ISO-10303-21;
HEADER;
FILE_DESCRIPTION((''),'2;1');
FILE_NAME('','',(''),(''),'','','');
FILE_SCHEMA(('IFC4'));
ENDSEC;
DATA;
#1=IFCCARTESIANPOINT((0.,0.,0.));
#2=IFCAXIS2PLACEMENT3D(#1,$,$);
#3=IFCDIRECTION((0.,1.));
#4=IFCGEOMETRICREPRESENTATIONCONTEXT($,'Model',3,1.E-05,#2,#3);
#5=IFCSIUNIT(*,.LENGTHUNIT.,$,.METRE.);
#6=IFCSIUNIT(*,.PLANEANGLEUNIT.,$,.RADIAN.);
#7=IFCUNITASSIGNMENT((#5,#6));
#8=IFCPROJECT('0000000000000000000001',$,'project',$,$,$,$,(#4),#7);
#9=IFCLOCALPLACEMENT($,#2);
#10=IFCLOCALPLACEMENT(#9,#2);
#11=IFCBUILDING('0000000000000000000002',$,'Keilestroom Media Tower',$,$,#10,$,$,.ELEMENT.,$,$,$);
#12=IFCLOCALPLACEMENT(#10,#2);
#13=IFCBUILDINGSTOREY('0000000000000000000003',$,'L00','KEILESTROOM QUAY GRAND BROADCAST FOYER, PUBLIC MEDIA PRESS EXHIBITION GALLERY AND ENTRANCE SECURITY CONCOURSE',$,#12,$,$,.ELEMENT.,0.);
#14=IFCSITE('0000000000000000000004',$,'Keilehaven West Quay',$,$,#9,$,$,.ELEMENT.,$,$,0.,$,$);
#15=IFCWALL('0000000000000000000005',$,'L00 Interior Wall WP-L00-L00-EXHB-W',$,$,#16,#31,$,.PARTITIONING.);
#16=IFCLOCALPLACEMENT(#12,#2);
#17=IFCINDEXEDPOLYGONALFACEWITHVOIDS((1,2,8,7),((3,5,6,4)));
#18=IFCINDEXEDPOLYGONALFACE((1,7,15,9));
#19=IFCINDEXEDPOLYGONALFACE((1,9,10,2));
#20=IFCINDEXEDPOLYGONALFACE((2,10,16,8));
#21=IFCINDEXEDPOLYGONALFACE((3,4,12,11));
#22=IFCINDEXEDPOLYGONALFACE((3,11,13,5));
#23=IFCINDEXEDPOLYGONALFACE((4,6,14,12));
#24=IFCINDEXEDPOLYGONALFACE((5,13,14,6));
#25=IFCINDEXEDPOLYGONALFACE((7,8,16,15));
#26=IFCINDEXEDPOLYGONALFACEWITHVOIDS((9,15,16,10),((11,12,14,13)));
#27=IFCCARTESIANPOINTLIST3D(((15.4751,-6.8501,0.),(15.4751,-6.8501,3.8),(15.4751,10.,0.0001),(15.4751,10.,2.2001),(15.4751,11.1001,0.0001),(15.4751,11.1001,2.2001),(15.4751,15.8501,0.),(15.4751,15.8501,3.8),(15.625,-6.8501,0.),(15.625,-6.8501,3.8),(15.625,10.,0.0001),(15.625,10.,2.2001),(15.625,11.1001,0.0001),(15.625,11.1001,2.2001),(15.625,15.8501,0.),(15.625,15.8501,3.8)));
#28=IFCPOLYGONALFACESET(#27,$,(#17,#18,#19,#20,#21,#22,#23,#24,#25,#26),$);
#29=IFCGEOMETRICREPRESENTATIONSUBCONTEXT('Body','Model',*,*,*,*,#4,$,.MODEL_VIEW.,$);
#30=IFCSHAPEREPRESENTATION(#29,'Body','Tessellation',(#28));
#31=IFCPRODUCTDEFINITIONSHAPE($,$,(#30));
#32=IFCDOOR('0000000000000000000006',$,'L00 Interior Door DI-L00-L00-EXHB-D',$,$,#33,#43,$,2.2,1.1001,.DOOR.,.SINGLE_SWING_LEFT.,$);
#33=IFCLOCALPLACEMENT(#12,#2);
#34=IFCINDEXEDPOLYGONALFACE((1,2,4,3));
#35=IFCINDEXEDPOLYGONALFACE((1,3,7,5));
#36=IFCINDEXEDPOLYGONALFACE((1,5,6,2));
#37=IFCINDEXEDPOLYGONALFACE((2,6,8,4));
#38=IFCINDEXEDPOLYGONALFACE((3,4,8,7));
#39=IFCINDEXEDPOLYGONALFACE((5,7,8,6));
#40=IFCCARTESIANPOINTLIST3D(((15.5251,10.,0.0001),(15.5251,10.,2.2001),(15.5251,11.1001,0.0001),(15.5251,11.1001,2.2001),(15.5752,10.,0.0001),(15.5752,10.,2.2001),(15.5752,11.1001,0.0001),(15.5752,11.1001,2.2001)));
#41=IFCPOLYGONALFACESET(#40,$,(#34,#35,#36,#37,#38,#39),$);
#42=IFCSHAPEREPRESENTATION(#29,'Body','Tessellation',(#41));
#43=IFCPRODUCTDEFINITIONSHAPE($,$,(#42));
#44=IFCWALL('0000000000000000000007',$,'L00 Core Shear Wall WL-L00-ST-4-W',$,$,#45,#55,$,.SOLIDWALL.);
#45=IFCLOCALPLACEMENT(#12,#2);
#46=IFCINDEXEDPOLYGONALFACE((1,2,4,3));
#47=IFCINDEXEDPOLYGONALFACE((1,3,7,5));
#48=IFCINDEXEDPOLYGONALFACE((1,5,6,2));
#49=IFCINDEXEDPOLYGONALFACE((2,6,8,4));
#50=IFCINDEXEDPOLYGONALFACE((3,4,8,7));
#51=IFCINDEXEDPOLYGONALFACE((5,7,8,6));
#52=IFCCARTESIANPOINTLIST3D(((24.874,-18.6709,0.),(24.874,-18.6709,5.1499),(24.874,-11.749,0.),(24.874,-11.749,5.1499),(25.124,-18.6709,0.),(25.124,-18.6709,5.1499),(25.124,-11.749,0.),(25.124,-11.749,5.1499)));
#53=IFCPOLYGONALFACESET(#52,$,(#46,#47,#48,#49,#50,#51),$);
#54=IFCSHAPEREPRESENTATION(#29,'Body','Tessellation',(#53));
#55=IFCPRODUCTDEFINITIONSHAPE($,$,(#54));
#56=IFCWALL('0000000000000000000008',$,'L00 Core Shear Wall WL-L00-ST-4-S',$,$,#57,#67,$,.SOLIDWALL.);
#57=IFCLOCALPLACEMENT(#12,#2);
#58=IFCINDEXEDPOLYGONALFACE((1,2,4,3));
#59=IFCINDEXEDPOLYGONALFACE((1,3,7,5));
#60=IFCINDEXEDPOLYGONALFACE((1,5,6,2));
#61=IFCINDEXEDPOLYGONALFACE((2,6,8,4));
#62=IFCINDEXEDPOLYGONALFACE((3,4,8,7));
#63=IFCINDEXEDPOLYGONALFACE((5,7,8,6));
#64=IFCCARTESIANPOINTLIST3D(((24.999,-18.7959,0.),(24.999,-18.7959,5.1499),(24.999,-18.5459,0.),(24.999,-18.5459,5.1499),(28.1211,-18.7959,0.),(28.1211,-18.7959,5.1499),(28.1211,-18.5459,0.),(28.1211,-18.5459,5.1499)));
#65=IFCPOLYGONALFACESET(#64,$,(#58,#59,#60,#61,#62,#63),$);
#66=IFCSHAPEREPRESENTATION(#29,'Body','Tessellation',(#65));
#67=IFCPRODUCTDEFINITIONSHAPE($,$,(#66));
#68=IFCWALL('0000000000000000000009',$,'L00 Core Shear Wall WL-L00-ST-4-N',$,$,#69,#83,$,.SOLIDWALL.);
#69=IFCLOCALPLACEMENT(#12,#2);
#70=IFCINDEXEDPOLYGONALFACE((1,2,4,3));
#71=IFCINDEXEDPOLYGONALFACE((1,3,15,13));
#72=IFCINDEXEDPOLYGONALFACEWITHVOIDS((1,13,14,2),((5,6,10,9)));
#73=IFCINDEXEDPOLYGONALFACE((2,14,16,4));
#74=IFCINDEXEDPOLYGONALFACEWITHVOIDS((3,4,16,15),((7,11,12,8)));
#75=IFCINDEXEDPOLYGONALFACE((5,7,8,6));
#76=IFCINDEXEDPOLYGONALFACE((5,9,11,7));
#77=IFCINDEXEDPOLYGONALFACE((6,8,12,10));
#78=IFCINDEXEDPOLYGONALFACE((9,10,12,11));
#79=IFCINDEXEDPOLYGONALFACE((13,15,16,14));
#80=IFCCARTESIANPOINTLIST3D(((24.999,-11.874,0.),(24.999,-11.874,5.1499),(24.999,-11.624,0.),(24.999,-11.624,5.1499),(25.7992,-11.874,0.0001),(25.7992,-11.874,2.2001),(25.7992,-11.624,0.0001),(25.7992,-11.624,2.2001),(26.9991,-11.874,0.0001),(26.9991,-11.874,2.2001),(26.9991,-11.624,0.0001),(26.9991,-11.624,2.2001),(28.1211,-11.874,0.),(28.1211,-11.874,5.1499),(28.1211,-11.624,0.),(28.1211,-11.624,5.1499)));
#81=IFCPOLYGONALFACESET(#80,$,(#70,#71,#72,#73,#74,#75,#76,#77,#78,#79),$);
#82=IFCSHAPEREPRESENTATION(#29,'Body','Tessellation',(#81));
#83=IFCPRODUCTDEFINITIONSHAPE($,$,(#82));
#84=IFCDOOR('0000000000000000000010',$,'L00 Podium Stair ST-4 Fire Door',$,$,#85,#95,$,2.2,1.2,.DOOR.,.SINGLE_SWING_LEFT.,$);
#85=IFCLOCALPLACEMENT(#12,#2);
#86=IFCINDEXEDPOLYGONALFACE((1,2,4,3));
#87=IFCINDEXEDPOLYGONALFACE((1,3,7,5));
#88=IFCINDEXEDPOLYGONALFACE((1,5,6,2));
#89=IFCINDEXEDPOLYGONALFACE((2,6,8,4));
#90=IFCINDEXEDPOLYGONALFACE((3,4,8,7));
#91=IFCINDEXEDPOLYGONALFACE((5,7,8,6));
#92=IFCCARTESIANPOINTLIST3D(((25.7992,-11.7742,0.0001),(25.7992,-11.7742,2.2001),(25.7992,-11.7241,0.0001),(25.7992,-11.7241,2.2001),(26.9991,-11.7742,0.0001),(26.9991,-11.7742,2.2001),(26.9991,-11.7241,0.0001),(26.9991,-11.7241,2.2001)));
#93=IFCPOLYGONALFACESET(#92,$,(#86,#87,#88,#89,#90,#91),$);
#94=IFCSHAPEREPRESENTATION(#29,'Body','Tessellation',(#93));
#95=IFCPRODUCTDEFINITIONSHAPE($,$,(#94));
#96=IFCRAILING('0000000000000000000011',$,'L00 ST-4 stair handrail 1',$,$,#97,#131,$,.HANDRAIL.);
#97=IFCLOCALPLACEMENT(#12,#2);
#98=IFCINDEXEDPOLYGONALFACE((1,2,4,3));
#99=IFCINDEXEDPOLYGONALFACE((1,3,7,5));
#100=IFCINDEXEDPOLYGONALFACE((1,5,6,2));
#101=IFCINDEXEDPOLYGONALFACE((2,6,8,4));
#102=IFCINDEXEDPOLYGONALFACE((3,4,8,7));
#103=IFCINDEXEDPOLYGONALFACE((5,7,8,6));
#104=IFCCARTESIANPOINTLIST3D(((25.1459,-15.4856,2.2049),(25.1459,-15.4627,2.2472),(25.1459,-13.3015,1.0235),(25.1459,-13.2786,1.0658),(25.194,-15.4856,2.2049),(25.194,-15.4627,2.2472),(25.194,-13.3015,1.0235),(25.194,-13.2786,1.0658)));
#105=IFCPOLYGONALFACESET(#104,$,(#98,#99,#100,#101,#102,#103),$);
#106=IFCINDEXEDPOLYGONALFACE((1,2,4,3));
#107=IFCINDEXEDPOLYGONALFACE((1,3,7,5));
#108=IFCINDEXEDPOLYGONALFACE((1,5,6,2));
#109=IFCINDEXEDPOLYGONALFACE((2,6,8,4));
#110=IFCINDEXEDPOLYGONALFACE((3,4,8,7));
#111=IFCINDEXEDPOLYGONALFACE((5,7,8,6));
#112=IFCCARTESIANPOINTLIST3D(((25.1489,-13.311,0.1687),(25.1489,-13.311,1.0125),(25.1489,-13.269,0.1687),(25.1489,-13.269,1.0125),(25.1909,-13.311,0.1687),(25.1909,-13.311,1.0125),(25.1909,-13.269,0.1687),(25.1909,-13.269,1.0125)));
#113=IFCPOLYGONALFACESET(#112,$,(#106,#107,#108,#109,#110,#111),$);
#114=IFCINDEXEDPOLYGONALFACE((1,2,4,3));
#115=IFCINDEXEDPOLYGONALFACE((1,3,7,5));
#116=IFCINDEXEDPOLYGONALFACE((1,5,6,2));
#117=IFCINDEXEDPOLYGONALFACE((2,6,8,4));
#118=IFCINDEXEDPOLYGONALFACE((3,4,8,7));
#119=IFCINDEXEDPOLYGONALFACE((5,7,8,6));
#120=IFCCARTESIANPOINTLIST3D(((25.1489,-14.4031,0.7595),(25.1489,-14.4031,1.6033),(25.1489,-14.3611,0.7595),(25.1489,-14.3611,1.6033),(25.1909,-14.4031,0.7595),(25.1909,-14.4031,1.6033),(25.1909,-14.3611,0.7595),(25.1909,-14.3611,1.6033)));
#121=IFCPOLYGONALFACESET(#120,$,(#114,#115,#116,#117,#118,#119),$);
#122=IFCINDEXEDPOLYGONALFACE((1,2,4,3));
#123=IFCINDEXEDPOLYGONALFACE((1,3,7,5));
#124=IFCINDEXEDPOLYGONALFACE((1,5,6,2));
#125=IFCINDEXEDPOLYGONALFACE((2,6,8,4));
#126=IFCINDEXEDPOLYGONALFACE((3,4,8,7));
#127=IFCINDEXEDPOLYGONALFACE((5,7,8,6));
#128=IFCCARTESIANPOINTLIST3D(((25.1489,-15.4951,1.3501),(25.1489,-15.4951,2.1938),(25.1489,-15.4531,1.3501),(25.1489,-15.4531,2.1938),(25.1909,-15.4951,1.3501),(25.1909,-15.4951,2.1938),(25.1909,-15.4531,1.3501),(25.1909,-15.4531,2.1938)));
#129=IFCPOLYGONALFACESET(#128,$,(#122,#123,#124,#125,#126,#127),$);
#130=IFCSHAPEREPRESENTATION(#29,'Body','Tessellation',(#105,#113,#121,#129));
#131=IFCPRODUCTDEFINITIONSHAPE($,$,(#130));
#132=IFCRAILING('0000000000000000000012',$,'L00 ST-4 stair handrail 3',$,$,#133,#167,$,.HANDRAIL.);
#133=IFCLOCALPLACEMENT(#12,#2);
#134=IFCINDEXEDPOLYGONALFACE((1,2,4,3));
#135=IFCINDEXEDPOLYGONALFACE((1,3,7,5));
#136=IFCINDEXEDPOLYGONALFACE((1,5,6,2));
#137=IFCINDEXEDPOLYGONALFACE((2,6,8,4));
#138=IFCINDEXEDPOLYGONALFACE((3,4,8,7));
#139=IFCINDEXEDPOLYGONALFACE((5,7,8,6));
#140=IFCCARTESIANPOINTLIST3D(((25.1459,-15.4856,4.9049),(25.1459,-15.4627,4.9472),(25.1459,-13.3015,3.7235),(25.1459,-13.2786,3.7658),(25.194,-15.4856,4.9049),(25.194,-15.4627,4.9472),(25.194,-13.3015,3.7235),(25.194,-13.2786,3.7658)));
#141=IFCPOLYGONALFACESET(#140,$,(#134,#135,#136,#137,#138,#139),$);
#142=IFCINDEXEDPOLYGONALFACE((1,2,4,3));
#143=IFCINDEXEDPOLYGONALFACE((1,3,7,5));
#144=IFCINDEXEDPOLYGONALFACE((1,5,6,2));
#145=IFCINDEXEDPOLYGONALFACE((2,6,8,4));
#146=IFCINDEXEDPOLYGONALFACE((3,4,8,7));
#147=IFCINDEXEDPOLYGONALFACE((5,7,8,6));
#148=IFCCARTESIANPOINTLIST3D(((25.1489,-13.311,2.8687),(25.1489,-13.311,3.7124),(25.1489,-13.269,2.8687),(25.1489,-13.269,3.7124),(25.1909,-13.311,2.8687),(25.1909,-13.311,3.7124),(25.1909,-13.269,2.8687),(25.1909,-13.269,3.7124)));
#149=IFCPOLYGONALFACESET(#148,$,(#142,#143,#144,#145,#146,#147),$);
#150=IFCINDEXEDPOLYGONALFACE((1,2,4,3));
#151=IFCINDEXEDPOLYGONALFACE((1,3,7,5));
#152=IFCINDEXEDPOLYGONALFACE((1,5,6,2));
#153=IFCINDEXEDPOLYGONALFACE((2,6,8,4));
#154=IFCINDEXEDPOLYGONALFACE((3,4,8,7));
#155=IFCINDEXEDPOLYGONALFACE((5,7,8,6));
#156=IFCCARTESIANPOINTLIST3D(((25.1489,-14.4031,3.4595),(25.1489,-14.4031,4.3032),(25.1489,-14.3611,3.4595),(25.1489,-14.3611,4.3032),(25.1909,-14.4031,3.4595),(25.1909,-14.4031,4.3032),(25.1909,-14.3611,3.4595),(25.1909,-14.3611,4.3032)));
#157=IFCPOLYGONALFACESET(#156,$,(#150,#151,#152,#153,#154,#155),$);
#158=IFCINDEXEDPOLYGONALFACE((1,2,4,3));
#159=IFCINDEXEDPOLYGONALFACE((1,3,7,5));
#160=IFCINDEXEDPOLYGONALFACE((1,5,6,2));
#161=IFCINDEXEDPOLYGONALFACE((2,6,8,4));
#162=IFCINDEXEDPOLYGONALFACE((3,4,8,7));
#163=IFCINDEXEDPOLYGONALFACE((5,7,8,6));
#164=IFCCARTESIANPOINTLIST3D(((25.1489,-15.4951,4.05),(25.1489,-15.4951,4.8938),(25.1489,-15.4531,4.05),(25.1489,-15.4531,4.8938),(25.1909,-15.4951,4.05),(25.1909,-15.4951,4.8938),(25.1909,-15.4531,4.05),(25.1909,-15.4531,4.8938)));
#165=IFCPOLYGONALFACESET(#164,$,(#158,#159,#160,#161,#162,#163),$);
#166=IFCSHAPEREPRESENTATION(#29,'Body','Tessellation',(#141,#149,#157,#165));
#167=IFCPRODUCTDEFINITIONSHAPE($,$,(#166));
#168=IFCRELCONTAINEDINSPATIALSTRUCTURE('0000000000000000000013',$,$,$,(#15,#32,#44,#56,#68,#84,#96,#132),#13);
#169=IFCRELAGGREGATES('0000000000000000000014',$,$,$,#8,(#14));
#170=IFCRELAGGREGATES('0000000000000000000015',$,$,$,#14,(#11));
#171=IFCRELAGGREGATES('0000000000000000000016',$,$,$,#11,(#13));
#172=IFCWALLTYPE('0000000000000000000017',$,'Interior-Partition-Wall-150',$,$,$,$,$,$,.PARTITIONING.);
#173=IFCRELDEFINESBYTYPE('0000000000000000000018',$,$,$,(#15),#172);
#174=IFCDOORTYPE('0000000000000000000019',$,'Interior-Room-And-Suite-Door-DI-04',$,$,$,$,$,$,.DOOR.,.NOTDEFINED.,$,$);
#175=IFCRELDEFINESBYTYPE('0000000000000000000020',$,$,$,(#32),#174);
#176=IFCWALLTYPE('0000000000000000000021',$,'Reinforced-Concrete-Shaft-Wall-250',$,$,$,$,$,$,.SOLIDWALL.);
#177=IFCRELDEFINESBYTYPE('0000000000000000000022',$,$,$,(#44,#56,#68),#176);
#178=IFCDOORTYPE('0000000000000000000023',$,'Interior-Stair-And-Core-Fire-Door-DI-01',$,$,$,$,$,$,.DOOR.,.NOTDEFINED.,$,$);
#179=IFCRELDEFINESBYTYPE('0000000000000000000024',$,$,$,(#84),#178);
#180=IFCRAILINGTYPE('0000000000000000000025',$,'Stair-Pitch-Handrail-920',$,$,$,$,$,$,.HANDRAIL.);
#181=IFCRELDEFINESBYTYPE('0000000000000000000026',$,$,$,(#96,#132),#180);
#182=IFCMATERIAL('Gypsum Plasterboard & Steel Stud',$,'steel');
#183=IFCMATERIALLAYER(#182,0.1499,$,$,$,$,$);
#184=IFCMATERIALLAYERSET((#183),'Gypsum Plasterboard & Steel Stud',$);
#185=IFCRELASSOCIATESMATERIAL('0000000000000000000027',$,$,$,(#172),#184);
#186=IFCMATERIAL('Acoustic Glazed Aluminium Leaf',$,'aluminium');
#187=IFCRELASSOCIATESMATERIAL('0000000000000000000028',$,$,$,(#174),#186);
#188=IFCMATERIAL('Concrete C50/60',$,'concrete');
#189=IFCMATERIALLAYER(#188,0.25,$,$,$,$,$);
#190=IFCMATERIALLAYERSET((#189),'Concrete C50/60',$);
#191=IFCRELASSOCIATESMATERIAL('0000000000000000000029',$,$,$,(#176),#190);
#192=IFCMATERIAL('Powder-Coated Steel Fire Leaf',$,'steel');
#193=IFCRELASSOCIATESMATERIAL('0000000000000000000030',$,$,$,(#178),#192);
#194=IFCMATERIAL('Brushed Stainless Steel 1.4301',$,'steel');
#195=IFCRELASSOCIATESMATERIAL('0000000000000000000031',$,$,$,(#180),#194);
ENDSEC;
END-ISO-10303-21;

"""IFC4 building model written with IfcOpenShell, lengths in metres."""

from ifc_helpers import new_model, si_unit, direction, frame, frame_2d, origin, origin_2d, place, context, subcontext, project, spatial, rectangle, extrude, source, transform, mapped, material, layer, layer_set, type_object, element, fill, save


model = new_model("IFC4")

# Units and contexts
model_context = context("Model", 3, precision=1e-05, world=origin(), true_north=direction((0.0, 1.0)))
body_context = subcontext(model_context, "Body", "Model", "MODEL_VIEW")
ifc_project = project(units=[si_unit("LENGTHUNIT", "METRE"), si_unit("PLANEANGLEUNIT", "RADIAN")], contexts=[model_context])

# Site, building, storey
site_placement = place(None, origin())
site = spatial("IfcSite", under=ifc_project, at=site_placement, Name="Keilehaven West Quay", CompositionType="ELEMENT", RefElevation=0.0)
building_placement = place(site_placement, origin())
building = spatial("IfcBuilding", under=site, at=building_placement, Name="Keilestroom Media Tower", CompositionType="ELEMENT")
storey_placement = place(building_placement, origin())
storey = spatial("IfcBuildingStorey", under=building, at=storey_placement, Name="L00", Description="KEILESTROOM QUAY GRAND BROADCAST FOYER, PUBLIC MEDIA PRESS EXHIBITION GALLERY AND ENTRANCE SECURITY CONCOURSE", CompositionType="ELEMENT", Elevation=0.0)

# Shared definitions
ifc_material_1 = material(Name="Gypsum Plasterboard & Steel Stud", Category="steel")
ifc_layer_1 = layer(ifc_material_1, 0.1499)
ifc_layer_set_1 = layer_set([ifc_layer_1], Name="Gypsum Plasterboard & Steel Stud")
wall_type_1 = type_object("IfcWallType", Name="Interior-Partition-Wall-150", PredefinedType="PARTITIONING", material=ifc_layer_set_1)

# Wall, opening, door
wall_1_placement = place(storey_placement, frame((15.55, -6.8501, 0.0), z_axis=(0.0, 0.0, 1.0), x_axis=(0.0, 1.0, 0.0)))
wall_1 = element("IfcWall", 1, at=wall_1_placement, inside=storey, type_object=wall_type_1, Name="L00 Interior Wall WP-L00-L00-EXHB-W", PredefinedType="PARTITIONING", context=body_context, shape_type="SweptSolid", body=[
    extrude(rectangle(XDim=22.7002, YDim=0.1499, at=frame_2d((11.3501, 0.0))), origin(), (0.0, 0.0, 1.0), 3.8),
])
opening_1_placement = place(wall_1_placement, frame((16.8501, 0.0, 0.0)))
opening_1 = element("IfcOpeningElement", 2, at=opening_1_placement, cuts=wall_1, PredefinedType="OPENING", context=body_context, shape_type="SweptSolid", body=[
    extrude(rectangle(XDim=1.1001, YDim=2.2, at=frame_2d((0.55, 1.1001))), frame((0.0, 0.085, 0.0), z_axis=(0.0, -1.0, 0.0), x_axis=(1.0, 0.0, 0.0)), (0.0, 0.0, 1.0), 0.1699),
])
ifc_material_2 = material(Name="Acoustic Glazed Aluminium Leaf", Category="aluminium")
door_type_1 = type_object("IfcDoorType", Name="Interior-Room-And-Suite-Door-DI-04", OperationType="NOTDEFINED", PredefinedType="DOOR", material=ifc_material_2)
shared_shape_1 = source(origin(), body_context, "Body", "SweptSolid", [
    extrude(rectangle(XDim=1.1001, YDim=2.2, at=frame_2d((0.55, 1.1001))), frame((0.0, 0.0249, 0.0), z_axis=(0.0, -1.0, 0.0), x_axis=(1.0, 0.0, 0.0)), (0.0, 0.0, 1.0), 0.05),
])
door_1_placement = place(opening_1_placement, origin())
door_1 = element("IfcDoor", 3, at=door_1_placement, inside=storey, type_object=door_type_1, Name="L00 Interior Door DI-L00-L00-EXHB-D", OperationType="SINGLE_SWING_LEFT", OverallHeight=2.2, OverallWidth=1.1001, PredefinedType="DOOR", context=body_context, shape_type="MappedRepresentation", body=[
    mapped(shared_shape_1, transform((0.0, 0.0, 0.0), x_axis=(1.0, 0.0, 0.0), y_axis=(0.0, 1.0, 0.0), z_axis=(0.0, 0.0, 1.0), scale=1.0)),
])
fill(opening_1, door_1)

# Walls
ifc_material_3 = material(Name="Concrete C50/60", Category="concrete")
ifc_layer_2 = layer(ifc_material_3, 0.25)
ifc_layer_set_2 = layer_set([ifc_layer_2], Name="Concrete C50/60")
wall_type_2 = type_object("IfcWallType", Name="Reinforced-Concrete-Shaft-Wall-250", PredefinedType="SOLIDWALL", material=ifc_layer_set_2)
wall_2_placement = place(storey_placement, frame((24.999, -18.6709, 0.0), z_axis=(0.0, 0.0, 1.0), x_axis=(0.0, 1.0, 0.0)))
element("IfcWall", 4, at=wall_2_placement, inside=storey, type_object=wall_type_2, Name="L00 Core Shear Wall WL-L00-ST-4-W", PredefinedType="SOLIDWALL", context=body_context, shape_type="SweptSolid", body=[
    extrude(rectangle(XDim=6.9219, YDim=0.25, at=frame_2d((3.4609, 0.0))), origin(), (0.0, 0.0, 1.0), 5.1499),
])
wall_3_placement = place(storey_placement, frame((24.999, -18.6709, 0.0), z_axis=(0.0, 0.0, 1.0), x_axis=(1.0, 0.0, 0.0)))
element("IfcWall", 5, at=wall_3_placement, inside=storey, type_object=wall_type_2, Name="L00 Core Shear Wall WL-L00-ST-4-S", PredefinedType="SOLIDWALL", context=body_context, shape_type="SweptSolid", body=[
    extrude(rectangle(XDim=3.1221, YDim=0.25, at=frame_2d((1.561, 0.0))), origin(), (0.0, 0.0, 1.0), 5.1499),
])

# Wall, opening, door
wall_4_placement = place(storey_placement, frame((24.999, -11.749, 0.0), z_axis=(0.0, 0.0, 1.0), x_axis=(1.0, 0.0, 0.0)))
wall_4 = element("IfcWall", 6, at=wall_4_placement, inside=storey, type_object=wall_type_2, Name="L00 Core Shear Wall WL-L00-ST-4-N", PredefinedType="SOLIDWALL", context=body_context, shape_type="SweptSolid", body=[
    extrude(rectangle(XDim=3.1221, YDim=0.25, at=frame_2d((1.561, 0.0))), origin(), (0.0, 0.0, 1.0), 5.1499),
])
opening_2_placement = place(wall_4_placement, frame((0.8, 0.0, 0.0)))
opening_2 = element("IfcOpeningElement", 7, at=opening_2_placement, cuts=wall_4, PredefinedType="OPENING", context=body_context, shape_type="SweptSolid", body=[
    extrude(rectangle(XDim=1.2, YDim=2.2, at=frame_2d((0.6001, 1.1001))), frame((0.0, 0.135, 0.0), z_axis=(0.0, -1.0, 0.0), x_axis=(1.0, 0.0, 0.0)), (0.0, 0.0, 1.0), 0.27),
])
ifc_material_4 = material(Name="Powder-Coated Steel Fire Leaf", Category="steel")
door_type_2 = type_object("IfcDoorType", Name="Interior-Stair-And-Core-Fire-Door-DI-01", OperationType="NOTDEFINED", PredefinedType="DOOR", material=ifc_material_4)
shared_shape_2 = source(origin(), body_context, "Body", "SweptSolid", [
    extrude(rectangle(XDim=1.2, YDim=2.2, at=frame_2d((0.6001, 1.1001))), frame((0.0, 0.0249, 0.0), z_axis=(0.0, -1.0, 0.0), x_axis=(1.0, 0.0, 0.0)), (0.0, 0.0, 1.0), 0.05),
])
door_2_placement = place(opening_2_placement, origin())
door_2 = element("IfcDoor", 8, at=door_2_placement, inside=storey, type_object=door_type_2, Name="L00 Podium Stair ST-4 Fire Door", OperationType="SINGLE_SWING_LEFT", OverallHeight=2.2, OverallWidth=1.2, PredefinedType="DOOR", context=body_context, shape_type="MappedRepresentation", body=[
    mapped(shared_shape_2, transform((0.0, 0.0, 0.0), x_axis=(1.0, 0.0, 0.0), y_axis=(0.0, 1.0, 0.0), z_axis=(0.0, 0.0, 1.0), scale=1.0)),
])
fill(opening_2, door_2)

# Railings
ifc_material_5 = material(Name="Brushed Stainless Steel 1.4301", Category="steel")
railing_type = type_object("IfcRailingType", Name="Stair-Pitch-Handrail-920", PredefinedType="HANDRAIL", material=ifc_material_5)
for number, where, name in (
    (9, (25.1699, -13.29, 0.1687), "L00 ST-4 stair handrail 1"),
    (10, (25.1699, -13.29, 2.8687), "L00 ST-4 stair handrail 3"),
):
    element("IfcRailing", number, at=place(storey_placement, frame(where)), inside=storey, type_object=railing_type, Name=name, PredefinedType="HANDRAIL", context=body_context, shape_type="SweptSolid", body=[
        extrude(rectangle(XDim=0.0481, YDim=0.0481, at=origin_2d()), frame((0.0, 0.0, 0.876), z_axis=(0.0, -0.87957, 0.47577), x_axis=(1.0, 0.0, 0.0)), (0.0, 0.0, 1.0), 2.4832),
        extrude(rectangle(XDim=0.042, YDim=0.042, at=origin_2d()), origin(), (0.0, 0.0, 1.0), 0.8438),
        extrude(rectangle(XDim=0.042, YDim=0.042, at=origin_2d()), frame((0.0, -1.092, 0.5908)), (0.0, 0.0, 1.0), 0.8438),
        extrude(rectangle(XDim=0.042, YDim=0.042, at=origin_2d()), frame((0.0, -2.1841, 1.1814)), (0.0, 0.0, 1.0), 0.8438),
    ])

save(model, "model.ifc")
